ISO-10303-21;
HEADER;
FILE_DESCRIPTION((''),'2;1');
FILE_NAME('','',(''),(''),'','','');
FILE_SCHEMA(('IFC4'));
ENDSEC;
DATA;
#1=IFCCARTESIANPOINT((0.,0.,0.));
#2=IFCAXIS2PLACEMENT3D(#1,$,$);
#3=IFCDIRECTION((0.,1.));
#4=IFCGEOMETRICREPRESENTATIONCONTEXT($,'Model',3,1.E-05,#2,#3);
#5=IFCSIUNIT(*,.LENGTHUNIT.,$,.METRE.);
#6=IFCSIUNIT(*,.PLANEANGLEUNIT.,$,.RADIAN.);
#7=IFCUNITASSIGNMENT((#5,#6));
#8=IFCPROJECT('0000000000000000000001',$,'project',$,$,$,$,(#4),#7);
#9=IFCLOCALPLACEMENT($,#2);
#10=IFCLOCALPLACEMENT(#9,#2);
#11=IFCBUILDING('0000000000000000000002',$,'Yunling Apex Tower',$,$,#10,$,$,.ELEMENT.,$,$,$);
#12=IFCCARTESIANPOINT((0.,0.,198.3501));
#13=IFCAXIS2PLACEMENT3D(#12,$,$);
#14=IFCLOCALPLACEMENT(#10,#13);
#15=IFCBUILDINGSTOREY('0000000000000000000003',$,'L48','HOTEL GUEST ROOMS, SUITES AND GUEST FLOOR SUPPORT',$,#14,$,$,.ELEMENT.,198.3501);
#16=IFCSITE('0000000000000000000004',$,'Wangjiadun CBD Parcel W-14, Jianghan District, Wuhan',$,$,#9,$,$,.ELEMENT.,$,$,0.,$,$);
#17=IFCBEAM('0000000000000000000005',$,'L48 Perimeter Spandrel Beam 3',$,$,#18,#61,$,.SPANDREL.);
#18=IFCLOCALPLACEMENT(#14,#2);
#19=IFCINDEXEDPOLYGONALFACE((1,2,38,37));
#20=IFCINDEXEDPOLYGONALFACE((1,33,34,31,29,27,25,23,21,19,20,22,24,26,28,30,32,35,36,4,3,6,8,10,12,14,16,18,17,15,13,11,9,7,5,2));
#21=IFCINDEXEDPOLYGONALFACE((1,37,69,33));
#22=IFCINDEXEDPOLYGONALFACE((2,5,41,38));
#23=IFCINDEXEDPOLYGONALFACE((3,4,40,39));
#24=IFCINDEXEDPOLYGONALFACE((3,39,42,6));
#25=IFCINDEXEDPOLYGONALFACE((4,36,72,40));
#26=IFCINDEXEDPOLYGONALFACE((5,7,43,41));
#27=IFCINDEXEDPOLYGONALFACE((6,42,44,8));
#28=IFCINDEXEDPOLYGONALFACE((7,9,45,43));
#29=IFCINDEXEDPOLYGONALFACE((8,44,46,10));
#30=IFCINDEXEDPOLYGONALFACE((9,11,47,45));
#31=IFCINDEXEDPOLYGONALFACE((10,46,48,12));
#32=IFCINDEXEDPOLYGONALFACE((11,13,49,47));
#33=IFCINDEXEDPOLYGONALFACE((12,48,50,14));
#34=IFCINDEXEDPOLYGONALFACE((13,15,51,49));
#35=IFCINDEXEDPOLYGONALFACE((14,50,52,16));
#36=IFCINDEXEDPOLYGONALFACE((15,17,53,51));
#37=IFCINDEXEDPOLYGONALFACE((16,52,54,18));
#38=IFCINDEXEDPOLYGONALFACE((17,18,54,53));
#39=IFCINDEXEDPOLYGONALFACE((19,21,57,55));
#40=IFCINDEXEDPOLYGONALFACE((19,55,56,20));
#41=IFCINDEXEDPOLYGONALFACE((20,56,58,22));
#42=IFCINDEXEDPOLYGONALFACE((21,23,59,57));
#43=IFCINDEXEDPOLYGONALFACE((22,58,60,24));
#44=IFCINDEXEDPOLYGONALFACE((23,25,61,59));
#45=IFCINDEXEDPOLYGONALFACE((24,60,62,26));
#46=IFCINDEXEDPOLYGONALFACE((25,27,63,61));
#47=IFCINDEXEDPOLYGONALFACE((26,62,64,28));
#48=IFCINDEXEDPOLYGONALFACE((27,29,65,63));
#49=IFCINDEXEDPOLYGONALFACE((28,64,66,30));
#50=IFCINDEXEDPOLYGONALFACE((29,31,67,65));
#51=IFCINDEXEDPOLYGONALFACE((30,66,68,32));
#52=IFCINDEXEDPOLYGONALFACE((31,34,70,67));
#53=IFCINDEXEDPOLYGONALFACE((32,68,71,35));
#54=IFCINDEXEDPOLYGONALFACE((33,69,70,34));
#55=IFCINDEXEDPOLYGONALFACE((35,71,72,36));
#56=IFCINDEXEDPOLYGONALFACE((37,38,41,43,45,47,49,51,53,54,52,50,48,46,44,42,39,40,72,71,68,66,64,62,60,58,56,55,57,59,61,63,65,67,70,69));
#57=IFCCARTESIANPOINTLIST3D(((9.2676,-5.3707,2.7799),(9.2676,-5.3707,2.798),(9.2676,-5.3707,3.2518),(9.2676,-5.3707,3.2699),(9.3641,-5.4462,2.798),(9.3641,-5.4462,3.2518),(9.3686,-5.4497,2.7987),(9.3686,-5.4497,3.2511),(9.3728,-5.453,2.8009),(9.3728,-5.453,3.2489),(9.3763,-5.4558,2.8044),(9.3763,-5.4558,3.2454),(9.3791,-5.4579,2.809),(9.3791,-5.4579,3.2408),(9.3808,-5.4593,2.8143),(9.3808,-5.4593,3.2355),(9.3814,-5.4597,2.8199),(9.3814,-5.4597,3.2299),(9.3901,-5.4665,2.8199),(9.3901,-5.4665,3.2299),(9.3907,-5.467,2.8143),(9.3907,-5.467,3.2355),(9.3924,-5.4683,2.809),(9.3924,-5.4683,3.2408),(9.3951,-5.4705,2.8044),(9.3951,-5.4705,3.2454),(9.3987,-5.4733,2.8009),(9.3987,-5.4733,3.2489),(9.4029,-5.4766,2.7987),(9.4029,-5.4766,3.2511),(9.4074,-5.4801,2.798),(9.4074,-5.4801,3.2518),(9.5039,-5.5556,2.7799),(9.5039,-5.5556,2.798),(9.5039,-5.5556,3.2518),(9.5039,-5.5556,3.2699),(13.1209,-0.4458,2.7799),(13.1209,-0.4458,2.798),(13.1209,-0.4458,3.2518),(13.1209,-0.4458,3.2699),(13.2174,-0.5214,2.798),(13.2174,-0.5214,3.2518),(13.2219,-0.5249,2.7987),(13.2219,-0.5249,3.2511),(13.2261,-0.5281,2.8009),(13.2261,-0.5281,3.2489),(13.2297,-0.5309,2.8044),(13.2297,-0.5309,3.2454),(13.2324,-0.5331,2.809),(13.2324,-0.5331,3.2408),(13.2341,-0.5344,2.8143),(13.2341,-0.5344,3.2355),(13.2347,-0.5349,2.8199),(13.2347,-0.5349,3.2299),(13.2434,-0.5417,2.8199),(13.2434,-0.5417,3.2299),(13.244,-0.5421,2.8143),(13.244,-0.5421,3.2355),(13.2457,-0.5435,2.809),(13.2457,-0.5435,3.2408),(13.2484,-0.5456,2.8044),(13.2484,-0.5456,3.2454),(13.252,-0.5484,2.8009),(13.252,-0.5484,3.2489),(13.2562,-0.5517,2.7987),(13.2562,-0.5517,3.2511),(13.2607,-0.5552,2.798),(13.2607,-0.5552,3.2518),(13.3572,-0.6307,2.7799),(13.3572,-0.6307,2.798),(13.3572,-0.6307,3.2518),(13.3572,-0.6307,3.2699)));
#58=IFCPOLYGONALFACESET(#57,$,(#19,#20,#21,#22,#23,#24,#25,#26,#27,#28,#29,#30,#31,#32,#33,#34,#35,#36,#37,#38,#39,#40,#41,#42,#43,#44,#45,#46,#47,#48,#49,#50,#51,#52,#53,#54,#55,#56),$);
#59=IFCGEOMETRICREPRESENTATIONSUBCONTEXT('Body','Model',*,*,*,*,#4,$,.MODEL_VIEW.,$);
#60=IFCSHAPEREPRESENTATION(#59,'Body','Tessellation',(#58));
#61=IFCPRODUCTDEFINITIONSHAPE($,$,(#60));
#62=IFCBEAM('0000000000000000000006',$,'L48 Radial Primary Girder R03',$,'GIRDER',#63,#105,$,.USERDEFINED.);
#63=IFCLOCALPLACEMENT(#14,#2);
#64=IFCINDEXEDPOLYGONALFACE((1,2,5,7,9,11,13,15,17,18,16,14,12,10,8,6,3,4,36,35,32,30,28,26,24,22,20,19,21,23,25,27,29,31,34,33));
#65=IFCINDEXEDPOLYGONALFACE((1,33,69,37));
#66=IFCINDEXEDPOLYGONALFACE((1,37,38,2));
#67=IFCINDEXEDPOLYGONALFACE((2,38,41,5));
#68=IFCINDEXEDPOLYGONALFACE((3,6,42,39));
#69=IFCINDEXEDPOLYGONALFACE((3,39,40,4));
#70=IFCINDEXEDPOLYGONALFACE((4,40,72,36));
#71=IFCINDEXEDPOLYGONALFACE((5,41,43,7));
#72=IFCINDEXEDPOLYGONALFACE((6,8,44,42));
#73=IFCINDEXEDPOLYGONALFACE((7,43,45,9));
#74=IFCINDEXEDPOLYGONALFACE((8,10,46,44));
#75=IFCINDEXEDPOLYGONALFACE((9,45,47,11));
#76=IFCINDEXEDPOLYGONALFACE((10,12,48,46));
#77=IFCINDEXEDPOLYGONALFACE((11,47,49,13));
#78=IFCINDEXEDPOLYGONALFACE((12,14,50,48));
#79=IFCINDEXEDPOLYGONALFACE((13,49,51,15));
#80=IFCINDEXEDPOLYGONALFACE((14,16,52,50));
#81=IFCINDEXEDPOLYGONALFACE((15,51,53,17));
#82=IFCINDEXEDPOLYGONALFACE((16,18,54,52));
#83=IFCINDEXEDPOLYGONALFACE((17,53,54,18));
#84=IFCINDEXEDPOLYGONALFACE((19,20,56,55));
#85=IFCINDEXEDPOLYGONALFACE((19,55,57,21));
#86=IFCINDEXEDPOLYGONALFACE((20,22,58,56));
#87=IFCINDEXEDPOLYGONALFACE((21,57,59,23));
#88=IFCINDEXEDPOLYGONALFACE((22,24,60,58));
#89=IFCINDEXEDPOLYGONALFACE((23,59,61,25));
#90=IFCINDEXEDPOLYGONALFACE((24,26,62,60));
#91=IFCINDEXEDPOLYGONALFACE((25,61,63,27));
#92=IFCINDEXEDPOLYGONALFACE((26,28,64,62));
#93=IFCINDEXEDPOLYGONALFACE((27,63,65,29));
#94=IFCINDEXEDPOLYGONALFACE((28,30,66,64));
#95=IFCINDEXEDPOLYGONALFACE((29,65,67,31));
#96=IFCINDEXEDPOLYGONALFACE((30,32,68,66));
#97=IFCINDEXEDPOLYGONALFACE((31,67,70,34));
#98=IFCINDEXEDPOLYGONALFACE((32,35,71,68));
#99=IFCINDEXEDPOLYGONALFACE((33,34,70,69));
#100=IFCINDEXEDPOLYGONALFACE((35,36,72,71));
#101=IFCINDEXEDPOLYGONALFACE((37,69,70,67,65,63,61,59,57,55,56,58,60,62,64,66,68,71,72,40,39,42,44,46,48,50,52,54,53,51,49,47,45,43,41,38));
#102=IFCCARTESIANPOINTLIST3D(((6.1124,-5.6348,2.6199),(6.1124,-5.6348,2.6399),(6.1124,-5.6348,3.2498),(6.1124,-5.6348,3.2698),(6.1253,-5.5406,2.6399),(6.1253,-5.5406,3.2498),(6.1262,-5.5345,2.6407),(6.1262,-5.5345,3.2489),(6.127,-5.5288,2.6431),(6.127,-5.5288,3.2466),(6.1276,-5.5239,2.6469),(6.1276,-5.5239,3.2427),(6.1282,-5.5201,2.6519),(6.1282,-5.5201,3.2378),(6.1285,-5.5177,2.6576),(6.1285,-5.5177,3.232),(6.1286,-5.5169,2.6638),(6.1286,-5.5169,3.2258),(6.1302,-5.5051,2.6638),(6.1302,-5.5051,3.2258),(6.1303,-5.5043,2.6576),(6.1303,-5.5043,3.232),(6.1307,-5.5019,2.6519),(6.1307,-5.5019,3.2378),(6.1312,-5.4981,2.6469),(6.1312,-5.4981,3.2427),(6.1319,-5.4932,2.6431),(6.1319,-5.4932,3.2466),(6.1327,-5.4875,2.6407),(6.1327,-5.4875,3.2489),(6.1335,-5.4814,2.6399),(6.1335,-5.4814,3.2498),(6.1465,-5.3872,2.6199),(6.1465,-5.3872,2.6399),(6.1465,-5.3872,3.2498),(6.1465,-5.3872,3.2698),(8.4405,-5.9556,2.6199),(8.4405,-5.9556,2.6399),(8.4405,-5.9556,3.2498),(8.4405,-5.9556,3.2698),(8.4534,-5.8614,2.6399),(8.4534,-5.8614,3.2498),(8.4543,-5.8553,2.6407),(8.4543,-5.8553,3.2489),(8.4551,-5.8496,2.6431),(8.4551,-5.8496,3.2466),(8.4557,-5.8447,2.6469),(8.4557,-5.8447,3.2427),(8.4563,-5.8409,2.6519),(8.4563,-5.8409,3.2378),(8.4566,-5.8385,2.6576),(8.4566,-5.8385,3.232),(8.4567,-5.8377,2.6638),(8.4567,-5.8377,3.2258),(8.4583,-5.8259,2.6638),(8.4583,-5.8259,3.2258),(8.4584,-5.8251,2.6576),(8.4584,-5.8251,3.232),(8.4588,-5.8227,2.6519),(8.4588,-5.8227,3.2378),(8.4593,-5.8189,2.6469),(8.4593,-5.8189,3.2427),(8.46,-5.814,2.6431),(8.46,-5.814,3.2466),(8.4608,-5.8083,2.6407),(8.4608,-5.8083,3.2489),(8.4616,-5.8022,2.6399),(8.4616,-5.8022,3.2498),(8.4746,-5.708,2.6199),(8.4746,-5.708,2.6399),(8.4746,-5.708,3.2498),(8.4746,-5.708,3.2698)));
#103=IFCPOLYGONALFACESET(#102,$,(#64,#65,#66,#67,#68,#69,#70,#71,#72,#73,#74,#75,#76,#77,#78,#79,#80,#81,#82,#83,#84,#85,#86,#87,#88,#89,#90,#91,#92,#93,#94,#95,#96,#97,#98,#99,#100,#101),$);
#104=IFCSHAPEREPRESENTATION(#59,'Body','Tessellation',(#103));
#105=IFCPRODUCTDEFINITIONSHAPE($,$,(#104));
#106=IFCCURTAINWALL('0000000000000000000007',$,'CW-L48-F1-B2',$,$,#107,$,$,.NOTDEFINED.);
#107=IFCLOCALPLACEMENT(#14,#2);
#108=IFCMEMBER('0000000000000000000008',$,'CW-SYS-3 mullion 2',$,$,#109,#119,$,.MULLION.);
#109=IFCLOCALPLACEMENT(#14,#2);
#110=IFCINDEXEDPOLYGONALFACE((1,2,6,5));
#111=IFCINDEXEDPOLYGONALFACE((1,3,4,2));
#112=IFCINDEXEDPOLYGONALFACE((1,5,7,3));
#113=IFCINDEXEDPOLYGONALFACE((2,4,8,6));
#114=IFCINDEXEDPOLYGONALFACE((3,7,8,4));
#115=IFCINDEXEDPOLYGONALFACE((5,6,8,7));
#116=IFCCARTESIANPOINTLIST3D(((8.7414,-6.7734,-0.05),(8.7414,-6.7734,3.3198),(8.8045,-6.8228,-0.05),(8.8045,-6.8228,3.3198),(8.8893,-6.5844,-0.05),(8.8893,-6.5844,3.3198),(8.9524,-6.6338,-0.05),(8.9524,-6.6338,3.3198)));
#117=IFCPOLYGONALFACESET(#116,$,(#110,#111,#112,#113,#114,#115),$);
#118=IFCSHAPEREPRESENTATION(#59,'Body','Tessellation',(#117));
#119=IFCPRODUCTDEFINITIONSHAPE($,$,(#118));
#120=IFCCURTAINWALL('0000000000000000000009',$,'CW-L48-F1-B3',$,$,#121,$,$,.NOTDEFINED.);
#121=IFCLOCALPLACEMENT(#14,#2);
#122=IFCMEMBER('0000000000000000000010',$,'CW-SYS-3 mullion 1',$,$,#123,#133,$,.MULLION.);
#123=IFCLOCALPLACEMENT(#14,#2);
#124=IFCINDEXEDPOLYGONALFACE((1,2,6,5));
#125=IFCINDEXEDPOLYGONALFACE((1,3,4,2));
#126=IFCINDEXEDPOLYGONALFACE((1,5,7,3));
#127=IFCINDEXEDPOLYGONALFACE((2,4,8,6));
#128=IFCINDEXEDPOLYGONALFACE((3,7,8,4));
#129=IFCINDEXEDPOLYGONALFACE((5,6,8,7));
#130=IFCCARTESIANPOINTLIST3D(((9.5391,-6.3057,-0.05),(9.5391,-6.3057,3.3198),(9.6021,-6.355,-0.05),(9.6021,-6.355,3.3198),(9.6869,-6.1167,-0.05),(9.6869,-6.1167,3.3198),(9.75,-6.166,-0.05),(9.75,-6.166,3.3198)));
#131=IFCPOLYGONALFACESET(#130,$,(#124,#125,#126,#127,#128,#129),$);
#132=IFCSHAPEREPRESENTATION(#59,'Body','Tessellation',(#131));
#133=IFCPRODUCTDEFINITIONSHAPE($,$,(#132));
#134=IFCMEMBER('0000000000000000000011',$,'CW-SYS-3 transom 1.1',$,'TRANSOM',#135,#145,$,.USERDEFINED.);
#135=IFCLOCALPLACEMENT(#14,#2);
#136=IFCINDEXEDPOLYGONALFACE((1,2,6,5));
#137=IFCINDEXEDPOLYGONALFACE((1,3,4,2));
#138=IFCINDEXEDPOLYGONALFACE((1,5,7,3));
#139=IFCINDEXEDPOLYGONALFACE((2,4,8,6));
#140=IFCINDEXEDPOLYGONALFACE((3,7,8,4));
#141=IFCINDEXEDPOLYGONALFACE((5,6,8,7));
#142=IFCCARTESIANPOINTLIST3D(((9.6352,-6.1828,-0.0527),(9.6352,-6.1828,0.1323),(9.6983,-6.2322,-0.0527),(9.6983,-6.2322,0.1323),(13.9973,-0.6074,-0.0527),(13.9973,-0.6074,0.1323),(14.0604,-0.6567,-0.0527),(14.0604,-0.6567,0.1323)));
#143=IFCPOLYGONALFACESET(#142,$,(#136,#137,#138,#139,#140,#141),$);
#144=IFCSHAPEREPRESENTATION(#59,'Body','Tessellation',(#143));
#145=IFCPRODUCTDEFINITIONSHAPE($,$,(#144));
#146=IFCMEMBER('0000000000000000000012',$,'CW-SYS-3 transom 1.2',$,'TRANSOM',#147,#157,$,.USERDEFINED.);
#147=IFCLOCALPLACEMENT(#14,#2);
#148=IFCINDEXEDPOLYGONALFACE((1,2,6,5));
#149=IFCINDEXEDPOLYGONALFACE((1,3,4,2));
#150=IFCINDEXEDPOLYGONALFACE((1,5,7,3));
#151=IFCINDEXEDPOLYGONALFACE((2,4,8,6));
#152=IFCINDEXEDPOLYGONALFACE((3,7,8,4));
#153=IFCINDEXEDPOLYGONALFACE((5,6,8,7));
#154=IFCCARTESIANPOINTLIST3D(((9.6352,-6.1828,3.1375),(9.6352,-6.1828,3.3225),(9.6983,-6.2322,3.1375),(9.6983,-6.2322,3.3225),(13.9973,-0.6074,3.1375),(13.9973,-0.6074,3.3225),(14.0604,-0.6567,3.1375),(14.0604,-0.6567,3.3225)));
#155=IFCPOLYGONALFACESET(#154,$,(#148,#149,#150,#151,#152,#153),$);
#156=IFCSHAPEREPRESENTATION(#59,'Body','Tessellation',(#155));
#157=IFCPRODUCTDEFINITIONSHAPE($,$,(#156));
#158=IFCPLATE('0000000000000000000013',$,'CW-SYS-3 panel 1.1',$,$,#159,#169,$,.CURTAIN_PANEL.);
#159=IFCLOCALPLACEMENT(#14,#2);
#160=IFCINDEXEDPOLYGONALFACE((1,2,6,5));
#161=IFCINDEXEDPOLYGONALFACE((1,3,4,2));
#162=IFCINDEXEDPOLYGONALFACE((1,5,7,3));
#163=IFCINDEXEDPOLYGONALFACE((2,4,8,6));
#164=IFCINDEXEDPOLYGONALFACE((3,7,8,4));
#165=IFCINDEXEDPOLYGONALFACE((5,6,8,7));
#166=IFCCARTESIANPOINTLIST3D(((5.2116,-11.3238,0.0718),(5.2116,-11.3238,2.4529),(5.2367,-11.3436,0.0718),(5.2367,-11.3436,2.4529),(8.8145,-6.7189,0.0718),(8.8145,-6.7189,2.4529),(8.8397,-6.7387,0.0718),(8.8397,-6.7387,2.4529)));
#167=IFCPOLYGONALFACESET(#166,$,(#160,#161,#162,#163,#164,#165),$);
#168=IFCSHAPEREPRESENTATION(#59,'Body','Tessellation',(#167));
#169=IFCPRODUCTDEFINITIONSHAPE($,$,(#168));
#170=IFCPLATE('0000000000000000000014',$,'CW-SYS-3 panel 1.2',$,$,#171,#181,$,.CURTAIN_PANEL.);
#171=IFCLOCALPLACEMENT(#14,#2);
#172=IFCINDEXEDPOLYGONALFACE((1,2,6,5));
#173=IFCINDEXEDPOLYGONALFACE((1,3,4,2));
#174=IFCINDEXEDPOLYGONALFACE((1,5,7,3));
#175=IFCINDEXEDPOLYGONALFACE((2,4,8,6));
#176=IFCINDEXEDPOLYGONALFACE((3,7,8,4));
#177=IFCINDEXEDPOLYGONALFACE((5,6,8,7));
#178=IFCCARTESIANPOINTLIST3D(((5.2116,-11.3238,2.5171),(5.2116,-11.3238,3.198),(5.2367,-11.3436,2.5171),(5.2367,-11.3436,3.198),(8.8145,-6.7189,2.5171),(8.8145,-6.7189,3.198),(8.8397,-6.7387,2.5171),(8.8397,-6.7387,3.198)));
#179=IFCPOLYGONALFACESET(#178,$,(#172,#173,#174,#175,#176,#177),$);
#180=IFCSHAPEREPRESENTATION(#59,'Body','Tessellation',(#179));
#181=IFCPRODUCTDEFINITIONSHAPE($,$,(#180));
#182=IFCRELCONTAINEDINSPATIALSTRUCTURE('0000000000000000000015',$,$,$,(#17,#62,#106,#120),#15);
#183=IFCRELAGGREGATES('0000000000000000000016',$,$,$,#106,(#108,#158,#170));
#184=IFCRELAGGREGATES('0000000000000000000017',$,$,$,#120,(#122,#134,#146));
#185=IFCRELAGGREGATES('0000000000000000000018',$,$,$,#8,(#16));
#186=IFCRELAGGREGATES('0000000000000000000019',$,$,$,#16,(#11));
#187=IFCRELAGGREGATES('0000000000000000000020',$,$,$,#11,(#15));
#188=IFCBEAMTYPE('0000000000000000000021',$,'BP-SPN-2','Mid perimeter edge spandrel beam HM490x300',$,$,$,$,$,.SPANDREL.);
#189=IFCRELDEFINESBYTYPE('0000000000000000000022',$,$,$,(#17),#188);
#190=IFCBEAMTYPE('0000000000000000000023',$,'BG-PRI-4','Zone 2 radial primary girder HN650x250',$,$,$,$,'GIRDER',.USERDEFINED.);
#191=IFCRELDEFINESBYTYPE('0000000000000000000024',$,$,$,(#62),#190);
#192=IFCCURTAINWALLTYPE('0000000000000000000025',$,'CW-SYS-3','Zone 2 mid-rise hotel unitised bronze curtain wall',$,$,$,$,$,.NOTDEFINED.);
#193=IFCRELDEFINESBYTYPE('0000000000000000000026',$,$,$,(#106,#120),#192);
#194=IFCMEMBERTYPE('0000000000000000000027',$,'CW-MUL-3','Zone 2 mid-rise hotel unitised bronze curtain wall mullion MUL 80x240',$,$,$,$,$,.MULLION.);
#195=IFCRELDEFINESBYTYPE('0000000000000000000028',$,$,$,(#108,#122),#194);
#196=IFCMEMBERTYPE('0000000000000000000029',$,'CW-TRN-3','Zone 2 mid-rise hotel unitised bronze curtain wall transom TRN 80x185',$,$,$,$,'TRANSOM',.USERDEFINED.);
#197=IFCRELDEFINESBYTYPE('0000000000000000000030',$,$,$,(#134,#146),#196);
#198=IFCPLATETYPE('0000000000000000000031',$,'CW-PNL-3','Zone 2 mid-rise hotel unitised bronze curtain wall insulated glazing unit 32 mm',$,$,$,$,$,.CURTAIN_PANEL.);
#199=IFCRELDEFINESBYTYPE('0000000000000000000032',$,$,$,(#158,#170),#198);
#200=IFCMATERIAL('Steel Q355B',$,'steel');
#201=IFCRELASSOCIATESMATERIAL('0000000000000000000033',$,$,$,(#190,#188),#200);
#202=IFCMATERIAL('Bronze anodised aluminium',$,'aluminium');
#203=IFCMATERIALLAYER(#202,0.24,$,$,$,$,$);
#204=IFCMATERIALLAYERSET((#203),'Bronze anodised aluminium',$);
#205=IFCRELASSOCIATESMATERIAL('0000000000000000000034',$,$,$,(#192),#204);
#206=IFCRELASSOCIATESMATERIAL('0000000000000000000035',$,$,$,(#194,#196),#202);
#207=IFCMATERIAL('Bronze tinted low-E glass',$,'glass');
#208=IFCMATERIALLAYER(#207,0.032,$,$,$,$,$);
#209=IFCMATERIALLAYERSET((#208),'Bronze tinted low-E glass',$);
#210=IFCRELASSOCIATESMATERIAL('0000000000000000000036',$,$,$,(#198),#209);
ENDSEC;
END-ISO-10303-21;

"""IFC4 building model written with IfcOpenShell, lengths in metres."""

from ifc_helpers import new_model, si_unit, direction, frame, origin, origin_2d, place, context, subcontext, project, spatial, rectangle, i_section, extrude, source, transform, mapped, material, layer, layer_set, material_profile, profile_set, type_object, element, aggregate, save


model = new_model("IFC4")

# Units and contexts
model_context = context("Model", 3, precision=1e-05, world=origin(), true_north=direction((0.0, 1.0)))
body_context = subcontext(model_context, "Body", "Model", "MODEL_VIEW")
ifc_project = project(units=[si_unit("LENGTHUNIT", "METRE"), si_unit("PLANEANGLEUNIT", "RADIAN")], contexts=[model_context])

# Site, building, storey
site_placement = place(None, origin())
site = spatial("IfcSite", under=ifc_project, at=site_placement, Name="Wangjiadun CBD Parcel W-14, Jianghan District, Wuhan", CompositionType="ELEMENT", RefElevation=0.0)
building_placement = place(site_placement, origin())
building = spatial("IfcBuilding", under=site, at=building_placement, Name="Yunling Apex Tower", CompositionType="ELEMENT")
storey_placement = place(building_placement, frame((0.0, 0.0, 198.3501)))
storey = spatial("IfcBuildingStorey", under=building, at=storey_placement, Name="L48", Description="HOTEL GUEST ROOMS, SUITES AND GUEST FLOOR SUPPORT", CompositionType="ELEMENT", Elevation=198.3501)

# Beams
ifc_material_1 = material(Name="Steel Q355B", Category="steel")
ifc_material_profile_1 = material_profile(ifc_material_1, i_section(OverallWidth=0.25, OverallDepth=0.6499, WebThickness=0.012, FlangeThickness=0.02, FilletRadius=0.0239, at=origin_2d()))
ifc_profile_set_1 = profile_set([ifc_material_profile_1], Name="Steel Q355B")
beam_type_1 = type_object("IfcBeamType", Name="BG-PRI-4", Description="Zone 2 radial primary girder HN650x250", ElementType="GIRDER", PredefinedType="USERDEFINED", material=ifc_profile_set_1)
ifc_material_profile_2 = material_profile(ifc_material_1, i_section(OverallWidth=0.3, OverallDepth=0.49, WebThickness=0.011, FlangeThickness=0.0181, FilletRadius=0.022, at=origin_2d()))
ifc_profile_set_2 = profile_set([ifc_material_profile_2], Name="Steel Q355B")
beam_type_2 = type_object("IfcBeamType", Name="BP-SPN-2", Description="Mid perimeter edge spandrel beam HM490x300", PredefinedType="SPANDREL", material=ifc_profile_set_2)
shared_shape_1 = source(origin(), body_context, "Body", "SweptSolid", [
    extrude(i_section(OverallWidth=0.3, OverallDepth=0.49, WebThickness=0.011, FlangeThickness=0.0181, FilletRadius=0.022, at=origin_2d()), origin(), (0.0, 0.0, 1.0), 6.2532),
])
beam_1_placement = place(storey_placement, frame((9.3857, -5.4631, 3.0249), z_axis=(0.616217, 0.787577, 0.0), x_axis=(-0.787577, 0.616217, 0.0)))
element("IfcBeam", 1, at=beam_1_placement, inside=storey, type_object=beam_type_2, Name="L48 Perimeter Spandrel Beam 3", PredefinedType="SPANDREL", context=body_context, shape_type="MappedRepresentation", body=[
    mapped(shared_shape_1, transform((0.0, 0.0, 0.0), scale=1.0)),
])
shared_shape_2 = source(origin(), body_context, "Body", "SweptSolid", [
    extrude(i_section(OverallWidth=0.25, OverallDepth=0.6499, WebThickness=0.012, FlangeThickness=0.02, FilletRadius=0.0239, at=origin_2d()), origin(), (0.0, 0.0, 1.0), 2.3501),
])
beam_2_placement = place(storey_placement, frame((8.4575, -5.8318, 2.9448), z_axis=(-0.99064, 0.136504, 0.0), x_axis=(-0.136504, -0.99064, 0.0)))
element("IfcBeam", 2, at=beam_2_placement, inside=storey, type_object=beam_type_1, Name="L48 Radial Primary Girder R03", ObjectType="GIRDER", PredefinedType="USERDEFINED", context=body_context, shape_type="MappedRepresentation", body=[
    mapped(shared_shape_2, transform((0.0, 0.0, 0.0), scale=1.0)),
])

# Curtain wall, member
ifc_material_2 = material(Name="Bronze anodised aluminium", Category="aluminium")
ifc_layer_1 = layer(ifc_material_2, 0.24)
ifc_layer_set_1 = layer_set([ifc_layer_1], Name="Bronze anodised aluminium")
curtain_wall_type = type_object("IfcCurtainWallType", Name="CW-SYS-3", Description="Zone 2 mid-rise hotel unitised bronze curtain wall", PredefinedType="NOTDEFINED", material=ifc_layer_set_1)
curtain_wall_1_placement = place(storey_placement, origin())
curtain_wall_1 = element("IfcCurtainWall", 3, at=curtain_wall_1_placement, inside=storey, type_object=curtain_wall_type, Name="CW-L48-F1-B2", PredefinedType="NOTDEFINED")
ifc_material_profile_3 = material_profile(ifc_material_2, rectangle(XDim=0.0801, YDim=0.24, at=origin_2d()))
ifc_profile_set_3 = profile_set([ifc_material_profile_3], Name="Bronze anodised aluminium")
member_type_1 = type_object("IfcMemberType", Name="CW-MUL-3", Description="Zone 2 mid-rise hotel unitised bronze curtain wall mullion MUL 80x240", PredefinedType="MULLION", material=ifc_profile_set_3)
shared_shape_3 = source(origin(), body_context, "Body", "SweptSolid", [
    extrude(rectangle(XDim=0.0801, YDim=0.24, at=origin_2d()), origin(), (0.0, 0.0, 1.0), 3.3699),
])
member_1_placement = place(storey_placement, frame((8.8469, -6.7036, -0.05), z_axis=(0.0, 0.0, 1.0), x_axis=(-0.787576, 0.616217, 0.0)))
member_1 = element("IfcMember", 4, at=member_1_placement, type_object=member_type_1, Name="CW-SYS-3 mullion 2", PredefinedType="MULLION", context=body_context, shape_type="MappedRepresentation", body=[
    mapped(shared_shape_3, transform((0.0, 0.0, 0.0), scale=1.0)),
])

# Curtain wall, members
curtain_wall_2_placement = place(storey_placement, origin())
curtain_wall_2 = element("IfcCurtainWall", 5, at=curtain_wall_2_placement, inside=storey, type_object=curtain_wall_type, Name="CW-L48-F1-B3", PredefinedType="NOTDEFINED")
member_2_placement = place(storey_placement, frame((9.6445, -6.2358, -0.05), z_axis=(0.0, 0.0, 1.0), x_axis=(-0.787589, 0.6162, 0.0)))
member_2 = element("IfcMember", 6, at=member_2_placement, type_object=member_type_1, Name="CW-SYS-3 mullion 1", PredefinedType="MULLION", context=body_context, shape_type="MappedRepresentation", body=[
    mapped(shared_shape_3, transform((0.0, 0.0, 0.0), scale=1.0)),
])
ifc_material_profile_4 = material_profile(ifc_material_2, rectangle(XDim=0.0801, YDim=0.1851, at=origin_2d()))
ifc_profile_set_4 = profile_set([ifc_material_profile_4], Name="Bronze anodised aluminium")
member_type_2 = type_object("IfcMemberType", Name="CW-TRN-3", Description="Zone 2 mid-rise hotel unitised bronze curtain wall transom TRN 80x185", ElementType="TRANSOM", PredefinedType="USERDEFINED", material=ifc_profile_set_4)
shared_shape_4 = source(origin(), body_context, "Body", "SweptSolid", [
    extrude(rectangle(XDim=0.0801, YDim=0.1851, at=origin_2d()), origin(), (0.0, 0.0, 1.0), 7.0791),
])
member_3_placement = place(storey_placement, frame((9.6667, -6.2075, 0.0398), z_axis=(0.616192, 0.787596, 0.0), x_axis=(-0.787596, 0.616192, 0.0)))
member_3 = element("IfcMember", 7, at=member_3_placement, type_object=member_type_2, Name="CW-SYS-3 transom 1.1", ObjectType="TRANSOM", PredefinedType="USERDEFINED", context=body_context, shape_type="MappedRepresentation", body=[
    mapped(shared_shape_4, transform((0.0, 0.0, 0.0), scale=1.0)),
])
member_4_placement = place(storey_placement, frame((9.6667, -6.2075, 3.23), z_axis=(0.616192, 0.787596, 0.0), x_axis=(-0.787596, 0.616192, 0.0)))
member_4 = element("IfcMember", 8, at=member_4_placement, type_object=member_type_2, Name="CW-SYS-3 transom 1.2", ObjectType="TRANSOM", PredefinedType="USERDEFINED", context=body_context, shape_type="MappedRepresentation", body=[
    mapped(shared_shape_4, transform((0.0, 0.0, 0.0), scale=1.0)),
])

# Plates
ifc_material_3 = material(Name="Bronze tinted low-E glass", Category="glass")
ifc_layer_2 = layer(ifc_material_3, 0.032)
ifc_layer_set_2 = layer_set([ifc_layer_2], Name="Bronze tinted low-E glass")
plate_type = type_object("IfcPlateType", Name="CW-PNL-3", Description="Zone 2 mid-rise hotel unitised bronze curtain wall insulated glazing unit 32 mm", PredefinedType="CURTAIN_PANEL", material=ifc_layer_set_2)
shared_shape_5 = source(origin(), body_context, "Body", "SweptSolid", [
    extrude(rectangle(XDim=5.8469, YDim=0.032, at=origin_2d()), origin(), (0.0, 0.0, 1.0), 2.3811),
])
plate_1_placement = place(storey_placement, frame((7.0256, -9.0312, 0.0718), z_axis=(0.0, 0.0, 1.0), x_axis=(0.616217, 0.787576, 0.0)))
plate_1 = element("IfcPlate", 9, at=plate_1_placement, type_object=plate_type, Name="CW-SYS-3 panel 1.1", PredefinedType="CURTAIN_PANEL", context=body_context, shape_type="MappedRepresentation", body=[
    mapped(shared_shape_5, transform((0.0, 0.0, 0.0), scale=1.0)),
])
shared_shape_6 = source(origin(), body_context, "Body", "SweptSolid", [
    extrude(rectangle(XDim=5.8469, YDim=0.032, at=origin_2d()), origin(), (0.0, 0.0, 1.0), 0.6809),
])
plate_2_placement = place(storey_placement, frame((7.0256, -9.0312, 2.5171), z_axis=(0.0, 0.0, 1.0), x_axis=(0.616217, 0.787576, 0.0)))
plate_2 = element("IfcPlate", 10, at=plate_2_placement, type_object=plate_type, Name="CW-SYS-3 panel 1.2", PredefinedType="CURTAIN_PANEL", context=body_context, shape_type="MappedRepresentation", body=[
    mapped(shared_shape_6, transform((0.0, 0.0, 0.0), scale=1.0)),
])
aggregate(curtain_wall_1, [member_1, plate_1, plate_2])
aggregate(curtain_wall_2, [member_2, member_3, member_4])

save(model, "model.ifc")
